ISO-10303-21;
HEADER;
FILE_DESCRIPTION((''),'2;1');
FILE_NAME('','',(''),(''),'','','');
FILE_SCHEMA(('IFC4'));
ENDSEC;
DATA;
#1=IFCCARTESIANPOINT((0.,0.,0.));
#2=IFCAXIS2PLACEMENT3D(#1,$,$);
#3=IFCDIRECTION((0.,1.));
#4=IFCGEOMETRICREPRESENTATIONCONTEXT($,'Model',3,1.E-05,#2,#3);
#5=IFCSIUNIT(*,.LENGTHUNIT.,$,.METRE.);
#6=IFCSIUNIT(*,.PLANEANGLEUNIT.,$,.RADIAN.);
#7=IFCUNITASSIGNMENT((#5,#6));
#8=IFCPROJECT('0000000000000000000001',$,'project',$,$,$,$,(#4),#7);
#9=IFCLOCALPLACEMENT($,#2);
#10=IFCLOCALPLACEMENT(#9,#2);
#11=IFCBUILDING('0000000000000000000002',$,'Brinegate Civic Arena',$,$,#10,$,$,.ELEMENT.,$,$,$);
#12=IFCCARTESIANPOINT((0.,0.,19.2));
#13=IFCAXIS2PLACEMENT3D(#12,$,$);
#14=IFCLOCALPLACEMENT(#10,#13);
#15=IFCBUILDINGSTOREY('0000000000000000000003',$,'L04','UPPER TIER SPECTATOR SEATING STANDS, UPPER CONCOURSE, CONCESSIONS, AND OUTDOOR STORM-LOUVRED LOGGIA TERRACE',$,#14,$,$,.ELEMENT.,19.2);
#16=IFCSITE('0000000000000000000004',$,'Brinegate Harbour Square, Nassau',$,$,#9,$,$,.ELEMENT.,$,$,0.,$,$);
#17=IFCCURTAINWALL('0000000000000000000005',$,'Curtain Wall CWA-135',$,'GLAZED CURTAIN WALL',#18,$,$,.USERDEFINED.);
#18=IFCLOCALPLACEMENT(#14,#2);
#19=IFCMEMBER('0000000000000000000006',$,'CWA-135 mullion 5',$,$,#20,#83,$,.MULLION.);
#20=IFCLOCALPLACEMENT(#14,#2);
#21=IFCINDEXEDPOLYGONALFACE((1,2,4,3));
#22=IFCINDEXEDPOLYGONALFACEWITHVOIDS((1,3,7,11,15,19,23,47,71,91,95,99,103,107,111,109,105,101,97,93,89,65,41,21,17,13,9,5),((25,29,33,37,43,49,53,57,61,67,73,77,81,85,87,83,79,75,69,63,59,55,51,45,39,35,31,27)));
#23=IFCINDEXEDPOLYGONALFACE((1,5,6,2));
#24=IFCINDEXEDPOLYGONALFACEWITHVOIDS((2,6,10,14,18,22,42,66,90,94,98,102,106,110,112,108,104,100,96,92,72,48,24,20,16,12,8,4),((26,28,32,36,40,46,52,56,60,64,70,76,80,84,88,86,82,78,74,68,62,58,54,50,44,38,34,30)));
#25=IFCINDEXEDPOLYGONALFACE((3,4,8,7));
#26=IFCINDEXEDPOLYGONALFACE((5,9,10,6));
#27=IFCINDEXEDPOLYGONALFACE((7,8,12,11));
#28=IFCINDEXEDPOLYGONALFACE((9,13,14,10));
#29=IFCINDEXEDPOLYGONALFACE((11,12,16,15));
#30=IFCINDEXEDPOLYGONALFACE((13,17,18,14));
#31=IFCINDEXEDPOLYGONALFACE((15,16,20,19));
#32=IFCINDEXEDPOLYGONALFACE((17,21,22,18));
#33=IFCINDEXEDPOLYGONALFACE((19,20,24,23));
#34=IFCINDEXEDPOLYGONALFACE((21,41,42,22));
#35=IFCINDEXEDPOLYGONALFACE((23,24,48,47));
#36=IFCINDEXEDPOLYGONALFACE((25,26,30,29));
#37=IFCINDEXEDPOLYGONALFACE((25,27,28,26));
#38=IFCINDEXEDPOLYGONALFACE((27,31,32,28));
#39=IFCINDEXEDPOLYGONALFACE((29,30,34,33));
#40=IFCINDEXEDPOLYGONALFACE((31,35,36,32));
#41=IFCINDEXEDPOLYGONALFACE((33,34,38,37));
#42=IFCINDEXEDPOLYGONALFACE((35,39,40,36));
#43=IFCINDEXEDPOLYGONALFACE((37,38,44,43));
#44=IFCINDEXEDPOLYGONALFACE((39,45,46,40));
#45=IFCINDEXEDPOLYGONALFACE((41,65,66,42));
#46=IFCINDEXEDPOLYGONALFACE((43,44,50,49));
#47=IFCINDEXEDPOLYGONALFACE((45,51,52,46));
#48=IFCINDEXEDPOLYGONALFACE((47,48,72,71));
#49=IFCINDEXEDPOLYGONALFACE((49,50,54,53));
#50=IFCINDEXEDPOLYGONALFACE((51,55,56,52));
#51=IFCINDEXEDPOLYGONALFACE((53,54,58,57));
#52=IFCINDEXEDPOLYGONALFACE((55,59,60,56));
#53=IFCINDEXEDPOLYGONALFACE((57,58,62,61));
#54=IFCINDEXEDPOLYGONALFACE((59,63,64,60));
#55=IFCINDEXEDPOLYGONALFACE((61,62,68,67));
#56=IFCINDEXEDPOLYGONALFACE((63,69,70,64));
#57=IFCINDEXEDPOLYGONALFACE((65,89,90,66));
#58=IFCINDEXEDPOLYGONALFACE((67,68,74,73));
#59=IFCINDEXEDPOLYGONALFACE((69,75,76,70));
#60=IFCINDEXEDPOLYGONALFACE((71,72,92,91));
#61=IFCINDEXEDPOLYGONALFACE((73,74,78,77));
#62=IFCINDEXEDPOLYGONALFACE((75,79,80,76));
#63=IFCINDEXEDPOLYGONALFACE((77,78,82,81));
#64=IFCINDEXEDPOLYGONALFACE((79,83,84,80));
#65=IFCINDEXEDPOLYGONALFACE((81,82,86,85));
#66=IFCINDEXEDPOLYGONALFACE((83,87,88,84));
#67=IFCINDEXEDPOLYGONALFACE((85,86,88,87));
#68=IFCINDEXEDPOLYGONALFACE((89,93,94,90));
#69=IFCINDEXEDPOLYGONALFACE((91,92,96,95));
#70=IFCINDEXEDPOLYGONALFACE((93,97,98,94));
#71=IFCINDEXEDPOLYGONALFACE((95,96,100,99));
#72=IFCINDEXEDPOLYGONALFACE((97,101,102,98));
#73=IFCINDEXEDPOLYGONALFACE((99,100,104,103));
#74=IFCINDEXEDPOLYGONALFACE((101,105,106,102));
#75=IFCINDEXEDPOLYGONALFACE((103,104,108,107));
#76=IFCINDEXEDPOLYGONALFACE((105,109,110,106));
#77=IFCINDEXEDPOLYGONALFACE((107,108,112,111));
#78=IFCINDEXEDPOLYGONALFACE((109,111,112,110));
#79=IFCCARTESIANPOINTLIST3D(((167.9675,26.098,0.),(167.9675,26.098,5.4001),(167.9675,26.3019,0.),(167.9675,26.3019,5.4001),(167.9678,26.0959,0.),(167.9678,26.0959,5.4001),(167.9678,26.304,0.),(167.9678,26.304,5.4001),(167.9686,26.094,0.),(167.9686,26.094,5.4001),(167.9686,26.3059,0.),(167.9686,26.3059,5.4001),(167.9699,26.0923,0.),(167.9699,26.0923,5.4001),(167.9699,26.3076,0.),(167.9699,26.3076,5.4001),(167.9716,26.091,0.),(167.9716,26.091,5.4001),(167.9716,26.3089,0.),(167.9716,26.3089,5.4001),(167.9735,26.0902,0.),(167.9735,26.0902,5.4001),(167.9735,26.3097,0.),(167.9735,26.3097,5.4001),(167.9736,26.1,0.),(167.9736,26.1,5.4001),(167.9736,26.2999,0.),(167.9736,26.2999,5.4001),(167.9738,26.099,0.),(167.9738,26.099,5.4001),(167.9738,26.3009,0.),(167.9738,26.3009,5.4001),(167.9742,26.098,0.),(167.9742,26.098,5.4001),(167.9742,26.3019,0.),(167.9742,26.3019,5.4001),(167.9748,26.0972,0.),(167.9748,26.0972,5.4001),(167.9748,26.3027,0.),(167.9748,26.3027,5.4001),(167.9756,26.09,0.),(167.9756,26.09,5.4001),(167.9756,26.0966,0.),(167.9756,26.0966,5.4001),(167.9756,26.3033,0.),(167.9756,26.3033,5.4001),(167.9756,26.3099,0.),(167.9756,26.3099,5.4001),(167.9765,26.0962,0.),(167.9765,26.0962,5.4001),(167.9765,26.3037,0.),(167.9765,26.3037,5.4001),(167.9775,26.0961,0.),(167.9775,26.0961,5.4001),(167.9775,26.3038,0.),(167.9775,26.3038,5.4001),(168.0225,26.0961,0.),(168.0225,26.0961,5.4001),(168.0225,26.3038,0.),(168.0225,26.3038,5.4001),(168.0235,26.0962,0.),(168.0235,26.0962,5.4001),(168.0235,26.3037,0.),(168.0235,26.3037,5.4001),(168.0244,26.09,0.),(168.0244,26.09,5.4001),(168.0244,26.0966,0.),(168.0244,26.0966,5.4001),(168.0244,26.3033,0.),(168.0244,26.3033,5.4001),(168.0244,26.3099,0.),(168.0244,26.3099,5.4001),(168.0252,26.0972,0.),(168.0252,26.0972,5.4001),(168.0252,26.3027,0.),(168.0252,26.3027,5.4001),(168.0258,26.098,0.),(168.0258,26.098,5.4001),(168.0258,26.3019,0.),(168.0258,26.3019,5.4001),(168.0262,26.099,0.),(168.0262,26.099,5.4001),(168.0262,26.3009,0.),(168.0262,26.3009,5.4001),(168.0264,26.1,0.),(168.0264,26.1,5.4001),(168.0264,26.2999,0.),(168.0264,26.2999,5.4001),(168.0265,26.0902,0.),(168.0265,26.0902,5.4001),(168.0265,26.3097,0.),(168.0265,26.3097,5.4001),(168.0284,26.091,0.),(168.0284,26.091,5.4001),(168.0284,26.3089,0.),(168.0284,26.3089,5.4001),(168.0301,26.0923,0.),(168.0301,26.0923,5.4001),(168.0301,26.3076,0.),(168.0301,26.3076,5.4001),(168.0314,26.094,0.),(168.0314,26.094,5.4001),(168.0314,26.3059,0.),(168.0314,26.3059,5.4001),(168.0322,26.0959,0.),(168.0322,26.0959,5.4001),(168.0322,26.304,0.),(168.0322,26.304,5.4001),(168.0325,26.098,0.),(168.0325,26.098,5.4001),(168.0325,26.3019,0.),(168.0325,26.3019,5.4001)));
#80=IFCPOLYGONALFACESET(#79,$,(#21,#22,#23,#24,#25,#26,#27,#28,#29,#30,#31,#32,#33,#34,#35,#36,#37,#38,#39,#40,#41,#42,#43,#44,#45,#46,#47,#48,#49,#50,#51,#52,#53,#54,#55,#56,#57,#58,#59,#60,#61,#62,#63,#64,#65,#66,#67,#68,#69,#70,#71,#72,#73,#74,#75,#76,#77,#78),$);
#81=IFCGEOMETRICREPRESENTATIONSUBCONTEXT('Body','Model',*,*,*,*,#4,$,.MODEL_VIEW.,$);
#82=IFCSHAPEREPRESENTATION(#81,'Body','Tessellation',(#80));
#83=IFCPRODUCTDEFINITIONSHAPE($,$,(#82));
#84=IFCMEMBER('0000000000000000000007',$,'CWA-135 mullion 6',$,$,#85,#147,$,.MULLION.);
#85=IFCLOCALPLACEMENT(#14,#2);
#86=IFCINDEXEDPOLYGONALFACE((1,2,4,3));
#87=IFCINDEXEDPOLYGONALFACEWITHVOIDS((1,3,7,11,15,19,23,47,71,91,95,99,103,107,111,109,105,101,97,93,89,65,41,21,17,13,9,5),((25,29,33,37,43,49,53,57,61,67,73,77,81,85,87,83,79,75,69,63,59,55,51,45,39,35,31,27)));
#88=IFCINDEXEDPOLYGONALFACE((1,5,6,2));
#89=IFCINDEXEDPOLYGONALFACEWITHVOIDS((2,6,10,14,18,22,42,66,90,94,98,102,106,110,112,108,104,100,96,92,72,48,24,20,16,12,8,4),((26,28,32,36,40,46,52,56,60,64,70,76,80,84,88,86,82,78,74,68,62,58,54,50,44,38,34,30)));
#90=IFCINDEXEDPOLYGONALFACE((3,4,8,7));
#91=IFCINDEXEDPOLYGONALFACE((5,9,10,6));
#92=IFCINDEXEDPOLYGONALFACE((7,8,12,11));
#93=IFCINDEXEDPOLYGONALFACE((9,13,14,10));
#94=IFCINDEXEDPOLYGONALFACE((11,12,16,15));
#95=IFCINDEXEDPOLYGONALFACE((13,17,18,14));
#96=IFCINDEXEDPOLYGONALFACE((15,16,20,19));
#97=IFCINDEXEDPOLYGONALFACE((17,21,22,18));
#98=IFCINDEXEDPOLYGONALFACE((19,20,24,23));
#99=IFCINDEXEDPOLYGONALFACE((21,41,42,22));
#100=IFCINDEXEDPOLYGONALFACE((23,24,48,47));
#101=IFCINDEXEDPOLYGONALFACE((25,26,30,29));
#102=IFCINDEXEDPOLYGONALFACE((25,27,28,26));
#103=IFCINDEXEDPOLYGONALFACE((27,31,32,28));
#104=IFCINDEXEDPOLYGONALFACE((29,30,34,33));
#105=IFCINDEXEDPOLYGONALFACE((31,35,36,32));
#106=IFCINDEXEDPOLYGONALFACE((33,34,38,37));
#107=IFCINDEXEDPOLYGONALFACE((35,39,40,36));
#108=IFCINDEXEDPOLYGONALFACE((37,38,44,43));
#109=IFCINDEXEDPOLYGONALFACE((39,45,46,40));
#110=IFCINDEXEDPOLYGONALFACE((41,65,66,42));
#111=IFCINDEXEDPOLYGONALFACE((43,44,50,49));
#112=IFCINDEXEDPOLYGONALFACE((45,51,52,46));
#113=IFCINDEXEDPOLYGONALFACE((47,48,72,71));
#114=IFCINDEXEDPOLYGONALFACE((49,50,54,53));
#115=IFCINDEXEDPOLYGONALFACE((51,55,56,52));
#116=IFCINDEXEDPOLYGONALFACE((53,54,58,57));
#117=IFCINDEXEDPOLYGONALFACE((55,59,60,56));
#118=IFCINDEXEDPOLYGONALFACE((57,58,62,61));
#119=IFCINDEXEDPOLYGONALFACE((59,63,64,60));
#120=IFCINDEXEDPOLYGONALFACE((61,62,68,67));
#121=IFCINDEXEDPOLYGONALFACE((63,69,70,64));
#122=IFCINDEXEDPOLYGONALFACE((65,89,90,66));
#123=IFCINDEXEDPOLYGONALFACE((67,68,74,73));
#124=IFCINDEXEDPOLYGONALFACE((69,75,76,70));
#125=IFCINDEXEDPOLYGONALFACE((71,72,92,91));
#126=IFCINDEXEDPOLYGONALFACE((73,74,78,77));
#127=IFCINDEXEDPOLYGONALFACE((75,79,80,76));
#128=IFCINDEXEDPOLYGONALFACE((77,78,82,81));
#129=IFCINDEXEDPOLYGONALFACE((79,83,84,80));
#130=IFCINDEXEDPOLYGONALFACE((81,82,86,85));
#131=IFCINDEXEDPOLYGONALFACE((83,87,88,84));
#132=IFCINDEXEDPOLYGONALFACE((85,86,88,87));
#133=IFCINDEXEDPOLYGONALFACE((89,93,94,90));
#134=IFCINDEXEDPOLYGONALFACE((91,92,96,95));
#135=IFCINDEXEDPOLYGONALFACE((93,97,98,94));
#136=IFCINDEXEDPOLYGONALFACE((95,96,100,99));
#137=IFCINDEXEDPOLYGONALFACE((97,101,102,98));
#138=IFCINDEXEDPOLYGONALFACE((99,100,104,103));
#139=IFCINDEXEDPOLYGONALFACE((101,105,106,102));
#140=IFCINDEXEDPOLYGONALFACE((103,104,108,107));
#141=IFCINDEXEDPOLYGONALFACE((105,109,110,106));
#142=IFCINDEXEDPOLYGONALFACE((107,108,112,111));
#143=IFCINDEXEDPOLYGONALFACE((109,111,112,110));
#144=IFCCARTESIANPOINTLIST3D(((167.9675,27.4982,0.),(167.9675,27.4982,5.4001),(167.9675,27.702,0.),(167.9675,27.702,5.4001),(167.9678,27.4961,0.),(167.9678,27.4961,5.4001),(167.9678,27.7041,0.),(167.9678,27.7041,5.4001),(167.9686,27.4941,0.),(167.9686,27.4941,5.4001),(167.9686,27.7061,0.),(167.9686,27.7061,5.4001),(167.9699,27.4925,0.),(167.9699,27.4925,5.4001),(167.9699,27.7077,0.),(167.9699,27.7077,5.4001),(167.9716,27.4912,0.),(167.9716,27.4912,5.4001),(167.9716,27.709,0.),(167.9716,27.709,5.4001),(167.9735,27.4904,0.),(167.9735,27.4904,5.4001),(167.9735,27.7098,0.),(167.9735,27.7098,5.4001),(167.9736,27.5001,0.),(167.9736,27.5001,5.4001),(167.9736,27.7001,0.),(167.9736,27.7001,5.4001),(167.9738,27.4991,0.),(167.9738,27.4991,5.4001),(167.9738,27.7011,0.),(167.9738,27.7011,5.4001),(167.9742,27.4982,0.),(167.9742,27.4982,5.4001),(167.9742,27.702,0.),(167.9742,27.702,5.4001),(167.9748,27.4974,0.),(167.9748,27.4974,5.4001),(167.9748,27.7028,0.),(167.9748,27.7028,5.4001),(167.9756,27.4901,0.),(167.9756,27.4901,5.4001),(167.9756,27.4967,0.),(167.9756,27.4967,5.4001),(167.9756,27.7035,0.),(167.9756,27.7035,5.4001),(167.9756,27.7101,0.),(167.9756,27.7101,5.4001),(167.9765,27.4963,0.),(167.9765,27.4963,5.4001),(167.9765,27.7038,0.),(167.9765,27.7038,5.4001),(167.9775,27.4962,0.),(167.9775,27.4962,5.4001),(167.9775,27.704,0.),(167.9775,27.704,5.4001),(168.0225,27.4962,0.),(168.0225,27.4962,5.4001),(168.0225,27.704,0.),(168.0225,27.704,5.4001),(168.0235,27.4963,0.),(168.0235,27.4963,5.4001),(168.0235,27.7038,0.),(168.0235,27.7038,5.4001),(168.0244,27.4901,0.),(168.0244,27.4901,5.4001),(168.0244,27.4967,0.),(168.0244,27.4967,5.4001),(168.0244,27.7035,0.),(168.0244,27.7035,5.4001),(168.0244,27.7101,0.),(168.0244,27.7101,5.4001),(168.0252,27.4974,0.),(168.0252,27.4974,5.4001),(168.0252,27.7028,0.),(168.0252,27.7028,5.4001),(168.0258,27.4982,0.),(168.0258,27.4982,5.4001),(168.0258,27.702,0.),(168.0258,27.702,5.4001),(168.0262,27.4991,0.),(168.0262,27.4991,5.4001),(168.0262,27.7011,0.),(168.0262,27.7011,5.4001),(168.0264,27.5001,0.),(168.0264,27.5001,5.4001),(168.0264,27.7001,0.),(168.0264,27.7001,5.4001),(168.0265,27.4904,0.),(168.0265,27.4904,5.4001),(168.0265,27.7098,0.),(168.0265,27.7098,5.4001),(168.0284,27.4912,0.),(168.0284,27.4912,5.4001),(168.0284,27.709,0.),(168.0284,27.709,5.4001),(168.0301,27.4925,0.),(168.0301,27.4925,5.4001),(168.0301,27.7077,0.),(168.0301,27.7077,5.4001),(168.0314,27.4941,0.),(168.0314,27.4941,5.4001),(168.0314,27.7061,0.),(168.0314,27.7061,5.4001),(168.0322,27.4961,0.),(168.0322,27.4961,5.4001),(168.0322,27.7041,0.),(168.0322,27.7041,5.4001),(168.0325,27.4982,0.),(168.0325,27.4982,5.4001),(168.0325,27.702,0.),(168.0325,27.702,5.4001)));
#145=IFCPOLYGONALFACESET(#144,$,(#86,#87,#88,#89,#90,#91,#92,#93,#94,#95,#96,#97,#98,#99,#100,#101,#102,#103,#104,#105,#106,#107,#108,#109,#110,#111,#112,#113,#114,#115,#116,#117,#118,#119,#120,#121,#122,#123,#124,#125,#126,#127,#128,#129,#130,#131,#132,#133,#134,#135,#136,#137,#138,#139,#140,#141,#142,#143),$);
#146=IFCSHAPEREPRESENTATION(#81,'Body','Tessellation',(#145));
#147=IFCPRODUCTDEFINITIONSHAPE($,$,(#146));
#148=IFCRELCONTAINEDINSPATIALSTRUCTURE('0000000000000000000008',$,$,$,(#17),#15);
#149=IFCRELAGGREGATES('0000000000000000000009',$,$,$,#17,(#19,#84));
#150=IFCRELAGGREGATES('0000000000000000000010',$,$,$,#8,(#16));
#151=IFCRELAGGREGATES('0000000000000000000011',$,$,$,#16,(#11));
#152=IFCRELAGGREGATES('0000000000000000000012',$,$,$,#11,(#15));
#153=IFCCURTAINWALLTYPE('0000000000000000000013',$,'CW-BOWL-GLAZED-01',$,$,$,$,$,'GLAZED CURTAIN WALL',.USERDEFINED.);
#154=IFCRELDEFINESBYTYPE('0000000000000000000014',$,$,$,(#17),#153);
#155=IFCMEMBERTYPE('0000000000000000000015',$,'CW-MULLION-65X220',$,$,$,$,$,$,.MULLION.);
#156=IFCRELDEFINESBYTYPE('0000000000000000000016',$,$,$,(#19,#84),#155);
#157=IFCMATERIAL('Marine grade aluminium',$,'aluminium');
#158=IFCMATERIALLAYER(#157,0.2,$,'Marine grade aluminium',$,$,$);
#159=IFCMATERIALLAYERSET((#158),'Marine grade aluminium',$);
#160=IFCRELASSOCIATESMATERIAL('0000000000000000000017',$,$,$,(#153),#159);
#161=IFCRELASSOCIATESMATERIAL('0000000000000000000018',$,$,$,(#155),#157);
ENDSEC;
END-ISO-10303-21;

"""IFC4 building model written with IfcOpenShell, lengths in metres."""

from ifc_helpers import new_model, si_unit, direction, frame, origin, origin_2d, place, context, subcontext, project, spatial, hollow_rectangle, extrude, material, layer, layer_set, material_profile, profile_set, type_object, element, aggregate, save


model = new_model("IFC4")

# Units and contexts
model_context = context("Model", 3, precision=1e-05, world=origin(), true_north=direction((0.0, 1.0)))
body_context = subcontext(model_context, "Body", "Model", "MODEL_VIEW")
ifc_project = project(units=[si_unit("LENGTHUNIT", "METRE"), si_unit("PLANEANGLEUNIT", "RADIAN")], contexts=[model_context])

# Site, building, storey
site_placement = place(None, origin())
site = spatial("IfcSite", under=ifc_project, at=site_placement, Name="Brinegate Harbour Square, Nassau", CompositionType="ELEMENT", RefElevation=0.0)
building_placement = place(site_placement, origin())
building = spatial("IfcBuilding", under=site, at=building_placement, Name="Brinegate Civic Arena", CompositionType="ELEMENT")
storey_placement = place(building_placement, frame((0.0, 0.0, 19.2)))
storey = spatial("IfcBuildingStorey", under=building, at=storey_placement, Name="L04", Description="UPPER TIER SPECTATOR SEATING STANDS, UPPER CONCOURSE, CONCESSIONS, AND OUTDOOR STORM-LOUVRED LOGGIA TERRACE", CompositionType="ELEMENT", Elevation=19.2)

# Curtain wall, members
ifc_material_1 = material(Name="Marine grade aluminium", Category="aluminium")
ifc_layer_1 = layer(ifc_material_1, 0.2, Name="Marine grade aluminium")
ifc_layer_set_1 = layer_set([ifc_layer_1], Name="Marine grade aluminium")
curtain_wall_type = type_object("IfcCurtainWallType", Name="CW-BOWL-GLAZED-01", ElementType="GLAZED CURTAIN WALL", PredefinedType="USERDEFINED", material=ifc_layer_set_1)
curtain_wall_placement = place(storey_placement, origin())
curtain_wall = element("IfcCurtainWall", 1, at=curtain_wall_placement, inside=storey, type_object=curtain_wall_type, Name="Curtain Wall CWA-135", ObjectType="GLAZED CURTAIN WALL", PredefinedType="USERDEFINED")
ifc_material_profile_1 = material_profile(ifc_material_1, hollow_rectangle(XDim=0.0649, YDim=0.22, WallThickness=0.0061, InnerFilletRadius=0.0039, OuterFilletRadius=0.0081, at=origin_2d()), Name="MUL65X220")
ifc_profile_set_1 = profile_set([ifc_material_profile_1], Name="Marine grade aluminium")
member_type_1 = type_object("IfcMemberType", Name="CW-MULLION-65X220", PredefinedType="MULLION", material=ifc_profile_set_1)
member_1_placement = place(storey_placement, frame((168.0, 26.2, 0.0), z_axis=(0.0, 0.0, 1.0), x_axis=(-1.0, 0.0, 0.0)))
member_1 = element("IfcMember", 2, at=member_1_placement, type_object=member_type_1, Name="CWA-135 mullion 5", PredefinedType="MULLION", context=body_context, shape_type="SweptSolid", body=[
    extrude(hollow_rectangle(XDim=0.0649, YDim=0.22, WallThickness=0.0061, InnerFilletRadius=0.0039, OuterFilletRadius=0.0081, at=origin_2d()), origin(), (0.0, 0.0, 1.0), 5.4001),
])
member_2_placement = place(storey_placement, frame((168.0, 27.6001, 0.0), z_axis=(0.0, 0.0, 1.0), x_axis=(-1.0, 0.0, 0.0)))
member_2 = element("IfcMember", 3, at=member_2_placement, type_object=member_type_1, Name="CWA-135 mullion 6", PredefinedType="MULLION", context=body_context, shape_type="SweptSolid", body=[
    extrude(hollow_rectangle(XDim=0.0649, YDim=0.22, WallThickness=0.0061, InnerFilletRadius=0.0039, OuterFilletRadius=0.0081, at=origin_2d()), origin(), (0.0, 0.0, 1.0), 5.4001),
])

aggregate(curtain_wall, [member_1, member_2])

save(model, "model.ifc")
